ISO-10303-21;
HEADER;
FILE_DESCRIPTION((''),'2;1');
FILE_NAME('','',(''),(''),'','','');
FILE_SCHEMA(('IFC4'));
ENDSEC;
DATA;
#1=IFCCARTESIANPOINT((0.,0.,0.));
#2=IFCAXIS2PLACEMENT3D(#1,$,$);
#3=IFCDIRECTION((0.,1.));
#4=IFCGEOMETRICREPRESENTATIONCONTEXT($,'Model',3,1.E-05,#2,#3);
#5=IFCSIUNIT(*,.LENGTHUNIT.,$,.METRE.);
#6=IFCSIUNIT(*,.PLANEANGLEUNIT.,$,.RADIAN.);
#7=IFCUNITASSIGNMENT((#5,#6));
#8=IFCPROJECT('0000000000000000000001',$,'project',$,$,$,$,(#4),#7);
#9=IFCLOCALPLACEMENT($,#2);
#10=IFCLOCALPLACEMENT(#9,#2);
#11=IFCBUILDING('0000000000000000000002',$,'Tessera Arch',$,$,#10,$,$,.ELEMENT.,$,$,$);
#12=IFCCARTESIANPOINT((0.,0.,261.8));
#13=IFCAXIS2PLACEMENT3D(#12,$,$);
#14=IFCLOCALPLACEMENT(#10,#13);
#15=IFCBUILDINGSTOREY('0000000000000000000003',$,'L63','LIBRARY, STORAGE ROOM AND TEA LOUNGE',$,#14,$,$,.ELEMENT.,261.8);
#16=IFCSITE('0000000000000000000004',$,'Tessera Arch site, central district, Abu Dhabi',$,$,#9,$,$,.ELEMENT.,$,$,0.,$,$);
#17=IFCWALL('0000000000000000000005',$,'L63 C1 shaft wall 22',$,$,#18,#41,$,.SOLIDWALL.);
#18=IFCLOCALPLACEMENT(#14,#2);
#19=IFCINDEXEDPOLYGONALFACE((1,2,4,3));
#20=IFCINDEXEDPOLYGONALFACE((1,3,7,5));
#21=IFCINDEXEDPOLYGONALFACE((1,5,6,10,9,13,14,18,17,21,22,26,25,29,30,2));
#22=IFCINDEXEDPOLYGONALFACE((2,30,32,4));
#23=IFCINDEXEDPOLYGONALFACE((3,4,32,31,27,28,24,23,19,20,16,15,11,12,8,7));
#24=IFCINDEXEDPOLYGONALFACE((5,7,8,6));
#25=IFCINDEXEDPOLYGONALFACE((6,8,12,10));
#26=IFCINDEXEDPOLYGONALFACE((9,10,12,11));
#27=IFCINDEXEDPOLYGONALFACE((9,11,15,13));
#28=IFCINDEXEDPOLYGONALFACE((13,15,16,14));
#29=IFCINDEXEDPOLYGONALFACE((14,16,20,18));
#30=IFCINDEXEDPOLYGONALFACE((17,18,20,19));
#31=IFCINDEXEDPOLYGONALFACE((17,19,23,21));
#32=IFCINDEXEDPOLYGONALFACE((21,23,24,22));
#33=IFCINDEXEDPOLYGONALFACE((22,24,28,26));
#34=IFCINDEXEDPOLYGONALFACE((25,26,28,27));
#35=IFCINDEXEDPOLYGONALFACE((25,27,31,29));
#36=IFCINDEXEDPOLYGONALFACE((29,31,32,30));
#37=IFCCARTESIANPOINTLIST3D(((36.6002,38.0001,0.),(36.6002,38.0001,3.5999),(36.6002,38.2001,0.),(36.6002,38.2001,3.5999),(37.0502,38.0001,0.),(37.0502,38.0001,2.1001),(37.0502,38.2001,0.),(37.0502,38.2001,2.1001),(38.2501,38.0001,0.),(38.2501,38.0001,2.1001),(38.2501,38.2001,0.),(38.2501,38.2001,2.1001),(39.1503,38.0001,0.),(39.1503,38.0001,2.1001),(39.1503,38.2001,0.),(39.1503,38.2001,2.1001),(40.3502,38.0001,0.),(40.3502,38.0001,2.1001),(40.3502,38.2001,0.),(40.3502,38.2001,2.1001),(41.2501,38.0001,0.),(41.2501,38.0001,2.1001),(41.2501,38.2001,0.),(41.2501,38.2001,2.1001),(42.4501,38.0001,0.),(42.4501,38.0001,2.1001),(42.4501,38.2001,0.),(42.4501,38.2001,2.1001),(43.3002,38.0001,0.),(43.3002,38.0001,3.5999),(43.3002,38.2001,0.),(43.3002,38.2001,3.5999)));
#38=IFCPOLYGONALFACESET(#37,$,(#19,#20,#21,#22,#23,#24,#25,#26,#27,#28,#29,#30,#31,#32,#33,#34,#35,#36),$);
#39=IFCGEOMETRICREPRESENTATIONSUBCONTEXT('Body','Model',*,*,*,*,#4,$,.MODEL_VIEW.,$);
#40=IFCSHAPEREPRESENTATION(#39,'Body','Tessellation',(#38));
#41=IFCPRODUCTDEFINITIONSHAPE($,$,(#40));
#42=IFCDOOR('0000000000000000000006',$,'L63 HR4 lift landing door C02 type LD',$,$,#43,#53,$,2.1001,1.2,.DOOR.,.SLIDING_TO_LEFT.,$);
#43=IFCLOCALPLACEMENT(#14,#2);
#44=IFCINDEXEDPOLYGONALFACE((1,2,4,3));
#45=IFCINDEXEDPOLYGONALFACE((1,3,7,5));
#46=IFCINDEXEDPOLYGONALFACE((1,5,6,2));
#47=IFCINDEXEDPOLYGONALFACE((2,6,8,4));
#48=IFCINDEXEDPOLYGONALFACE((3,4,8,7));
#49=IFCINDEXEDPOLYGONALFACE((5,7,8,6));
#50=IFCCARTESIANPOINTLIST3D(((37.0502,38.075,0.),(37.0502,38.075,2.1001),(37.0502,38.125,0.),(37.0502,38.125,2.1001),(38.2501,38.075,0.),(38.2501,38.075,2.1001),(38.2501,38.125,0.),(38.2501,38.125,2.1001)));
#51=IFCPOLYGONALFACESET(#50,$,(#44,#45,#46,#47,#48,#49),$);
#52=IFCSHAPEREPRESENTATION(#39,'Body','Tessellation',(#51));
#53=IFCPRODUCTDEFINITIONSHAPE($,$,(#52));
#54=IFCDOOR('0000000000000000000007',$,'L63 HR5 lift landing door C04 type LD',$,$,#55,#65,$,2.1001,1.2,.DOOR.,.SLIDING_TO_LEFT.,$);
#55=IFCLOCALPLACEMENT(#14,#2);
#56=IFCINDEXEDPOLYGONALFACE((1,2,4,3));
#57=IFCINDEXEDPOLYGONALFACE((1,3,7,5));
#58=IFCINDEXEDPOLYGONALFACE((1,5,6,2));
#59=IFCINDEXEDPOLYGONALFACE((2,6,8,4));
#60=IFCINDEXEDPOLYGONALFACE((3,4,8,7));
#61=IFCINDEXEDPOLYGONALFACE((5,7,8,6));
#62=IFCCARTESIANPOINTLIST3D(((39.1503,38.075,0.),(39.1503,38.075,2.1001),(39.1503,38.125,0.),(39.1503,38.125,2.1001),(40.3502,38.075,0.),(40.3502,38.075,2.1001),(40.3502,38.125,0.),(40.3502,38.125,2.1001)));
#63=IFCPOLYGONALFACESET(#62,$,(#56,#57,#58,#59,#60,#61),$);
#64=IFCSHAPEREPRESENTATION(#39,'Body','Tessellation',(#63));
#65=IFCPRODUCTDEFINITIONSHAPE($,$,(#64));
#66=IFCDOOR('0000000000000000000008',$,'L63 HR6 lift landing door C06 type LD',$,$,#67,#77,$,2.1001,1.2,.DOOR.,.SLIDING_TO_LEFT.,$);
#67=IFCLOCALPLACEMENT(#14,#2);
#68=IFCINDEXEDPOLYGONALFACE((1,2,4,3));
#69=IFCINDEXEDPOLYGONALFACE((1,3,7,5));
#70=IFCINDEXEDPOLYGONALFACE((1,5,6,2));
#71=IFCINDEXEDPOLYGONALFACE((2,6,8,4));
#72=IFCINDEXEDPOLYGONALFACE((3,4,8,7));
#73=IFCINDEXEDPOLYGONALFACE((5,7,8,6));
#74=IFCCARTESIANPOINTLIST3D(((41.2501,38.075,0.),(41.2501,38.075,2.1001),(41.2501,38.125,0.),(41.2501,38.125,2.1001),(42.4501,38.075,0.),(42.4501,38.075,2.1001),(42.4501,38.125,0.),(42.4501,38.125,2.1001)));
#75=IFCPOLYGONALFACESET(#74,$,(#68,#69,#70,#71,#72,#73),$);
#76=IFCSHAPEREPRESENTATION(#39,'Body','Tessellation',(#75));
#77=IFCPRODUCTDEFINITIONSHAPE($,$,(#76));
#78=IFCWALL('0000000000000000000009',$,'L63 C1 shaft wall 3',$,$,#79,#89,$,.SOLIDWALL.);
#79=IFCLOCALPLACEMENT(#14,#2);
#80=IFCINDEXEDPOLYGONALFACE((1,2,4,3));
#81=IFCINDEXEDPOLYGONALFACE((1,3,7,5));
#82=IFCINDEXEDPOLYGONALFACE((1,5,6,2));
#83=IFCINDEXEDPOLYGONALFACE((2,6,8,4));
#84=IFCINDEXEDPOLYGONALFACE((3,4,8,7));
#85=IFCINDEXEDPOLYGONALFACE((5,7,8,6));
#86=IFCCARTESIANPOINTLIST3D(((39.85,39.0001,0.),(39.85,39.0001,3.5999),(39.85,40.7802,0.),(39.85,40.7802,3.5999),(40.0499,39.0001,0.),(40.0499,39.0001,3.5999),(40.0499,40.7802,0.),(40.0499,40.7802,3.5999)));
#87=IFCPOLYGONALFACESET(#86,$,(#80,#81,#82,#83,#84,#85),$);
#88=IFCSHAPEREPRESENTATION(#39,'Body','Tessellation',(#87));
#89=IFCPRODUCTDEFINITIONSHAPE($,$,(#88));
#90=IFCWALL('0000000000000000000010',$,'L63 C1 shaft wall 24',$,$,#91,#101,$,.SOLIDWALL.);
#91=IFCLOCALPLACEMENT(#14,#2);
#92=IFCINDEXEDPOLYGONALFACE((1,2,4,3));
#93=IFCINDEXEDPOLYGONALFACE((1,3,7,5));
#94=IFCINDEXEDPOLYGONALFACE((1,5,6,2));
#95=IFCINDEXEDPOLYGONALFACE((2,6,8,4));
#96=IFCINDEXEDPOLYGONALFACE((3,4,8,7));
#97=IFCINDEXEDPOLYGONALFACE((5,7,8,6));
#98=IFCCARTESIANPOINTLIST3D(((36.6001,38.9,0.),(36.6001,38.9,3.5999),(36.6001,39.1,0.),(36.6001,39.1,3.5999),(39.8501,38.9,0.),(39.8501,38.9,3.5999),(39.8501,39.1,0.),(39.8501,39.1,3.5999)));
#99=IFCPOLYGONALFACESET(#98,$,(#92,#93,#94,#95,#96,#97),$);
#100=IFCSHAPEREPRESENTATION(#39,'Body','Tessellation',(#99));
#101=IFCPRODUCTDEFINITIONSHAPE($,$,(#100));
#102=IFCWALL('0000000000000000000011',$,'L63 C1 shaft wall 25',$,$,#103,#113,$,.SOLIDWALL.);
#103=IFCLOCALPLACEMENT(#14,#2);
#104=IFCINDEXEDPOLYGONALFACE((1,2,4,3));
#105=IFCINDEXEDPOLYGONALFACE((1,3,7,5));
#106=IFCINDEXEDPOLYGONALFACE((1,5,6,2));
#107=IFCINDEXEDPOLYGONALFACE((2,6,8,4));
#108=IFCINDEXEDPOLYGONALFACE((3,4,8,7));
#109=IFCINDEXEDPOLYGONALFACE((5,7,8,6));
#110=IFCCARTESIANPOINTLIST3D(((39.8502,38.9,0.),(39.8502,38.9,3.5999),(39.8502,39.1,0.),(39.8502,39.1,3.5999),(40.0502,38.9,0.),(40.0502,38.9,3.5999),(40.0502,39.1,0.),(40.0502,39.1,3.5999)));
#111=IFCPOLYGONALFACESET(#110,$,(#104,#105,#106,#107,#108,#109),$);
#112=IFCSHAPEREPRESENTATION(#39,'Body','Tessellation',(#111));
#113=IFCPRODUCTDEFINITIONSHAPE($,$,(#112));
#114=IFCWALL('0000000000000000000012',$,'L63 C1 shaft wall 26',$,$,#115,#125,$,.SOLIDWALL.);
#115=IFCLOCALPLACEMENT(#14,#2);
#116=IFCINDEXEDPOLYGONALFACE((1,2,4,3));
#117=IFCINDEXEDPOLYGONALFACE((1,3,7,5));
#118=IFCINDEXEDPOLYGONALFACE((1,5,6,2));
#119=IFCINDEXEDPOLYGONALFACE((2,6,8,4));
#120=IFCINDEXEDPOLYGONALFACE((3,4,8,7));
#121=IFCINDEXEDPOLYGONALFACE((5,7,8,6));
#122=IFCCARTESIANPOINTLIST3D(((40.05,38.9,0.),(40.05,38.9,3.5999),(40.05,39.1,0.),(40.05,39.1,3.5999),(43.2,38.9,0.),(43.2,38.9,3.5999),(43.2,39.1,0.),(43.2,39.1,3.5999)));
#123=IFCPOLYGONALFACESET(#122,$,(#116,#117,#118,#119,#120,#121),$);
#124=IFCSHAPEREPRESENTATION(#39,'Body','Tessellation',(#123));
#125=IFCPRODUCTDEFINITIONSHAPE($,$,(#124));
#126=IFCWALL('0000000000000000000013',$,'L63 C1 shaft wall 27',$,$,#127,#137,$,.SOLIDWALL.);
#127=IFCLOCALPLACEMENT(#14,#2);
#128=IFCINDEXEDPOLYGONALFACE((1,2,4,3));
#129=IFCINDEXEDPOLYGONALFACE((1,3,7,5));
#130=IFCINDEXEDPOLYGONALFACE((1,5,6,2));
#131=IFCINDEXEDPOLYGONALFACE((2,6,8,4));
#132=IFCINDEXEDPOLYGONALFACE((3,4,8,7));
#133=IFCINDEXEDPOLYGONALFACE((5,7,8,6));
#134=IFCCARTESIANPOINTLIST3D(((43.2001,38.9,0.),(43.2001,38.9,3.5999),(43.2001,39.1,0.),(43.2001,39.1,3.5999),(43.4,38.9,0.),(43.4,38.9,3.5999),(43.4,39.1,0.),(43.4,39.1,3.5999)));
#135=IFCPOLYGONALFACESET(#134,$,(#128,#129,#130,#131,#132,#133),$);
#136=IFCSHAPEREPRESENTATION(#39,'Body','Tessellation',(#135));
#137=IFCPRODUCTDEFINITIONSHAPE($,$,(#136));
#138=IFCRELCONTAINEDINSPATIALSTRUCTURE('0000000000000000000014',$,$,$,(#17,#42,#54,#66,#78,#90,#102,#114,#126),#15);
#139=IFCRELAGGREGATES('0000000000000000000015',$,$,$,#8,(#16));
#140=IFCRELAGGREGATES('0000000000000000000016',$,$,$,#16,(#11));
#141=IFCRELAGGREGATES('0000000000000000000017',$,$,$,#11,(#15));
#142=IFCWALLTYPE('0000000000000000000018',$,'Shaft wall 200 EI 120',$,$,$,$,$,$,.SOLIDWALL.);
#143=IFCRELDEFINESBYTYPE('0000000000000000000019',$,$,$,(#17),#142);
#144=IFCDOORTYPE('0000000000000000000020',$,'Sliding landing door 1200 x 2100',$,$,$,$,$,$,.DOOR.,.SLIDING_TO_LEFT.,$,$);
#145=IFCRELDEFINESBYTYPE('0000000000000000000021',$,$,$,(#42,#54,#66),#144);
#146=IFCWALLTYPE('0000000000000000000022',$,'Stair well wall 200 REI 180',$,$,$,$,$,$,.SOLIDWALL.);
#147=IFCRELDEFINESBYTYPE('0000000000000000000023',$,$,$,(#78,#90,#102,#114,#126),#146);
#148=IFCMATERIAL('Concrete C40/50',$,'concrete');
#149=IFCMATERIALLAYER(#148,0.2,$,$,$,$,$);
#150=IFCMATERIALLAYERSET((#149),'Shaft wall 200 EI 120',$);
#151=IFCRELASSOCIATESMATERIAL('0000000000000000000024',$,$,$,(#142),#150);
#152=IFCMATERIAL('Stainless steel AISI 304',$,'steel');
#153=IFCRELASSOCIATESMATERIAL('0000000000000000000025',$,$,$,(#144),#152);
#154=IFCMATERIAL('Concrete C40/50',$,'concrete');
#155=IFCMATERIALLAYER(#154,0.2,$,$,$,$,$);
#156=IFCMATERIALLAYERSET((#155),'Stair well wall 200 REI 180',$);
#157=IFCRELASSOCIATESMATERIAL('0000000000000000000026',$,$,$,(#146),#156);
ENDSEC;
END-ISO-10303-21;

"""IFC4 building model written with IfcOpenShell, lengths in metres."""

from ifc_helpers import new_model, si_unit, direction, frame, frame_2d, origin, place, context, subcontext, project, spatial, rectangle, extrude, material, layer, layer_set, type_object, element, fill, save


model = new_model("IFC4")

# Units and contexts
model_context = context("Model", 3, precision=1e-05, world=origin(), true_north=direction((0.0, 1.0)))
body_context = subcontext(model_context, "Body", "Model", "MODEL_VIEW")
ifc_project = project(units=[si_unit("LENGTHUNIT", "METRE"), si_unit("PLANEANGLEUNIT", "RADIAN")], contexts=[model_context])

# Site, building, storey
site_placement = place(None, origin())
site = spatial("IfcSite", under=ifc_project, at=site_placement, Name="Tessera Arch site, central district, Abu Dhabi", CompositionType="ELEMENT", RefElevation=0.0)
building_placement = place(site_placement, origin())
building = spatial("IfcBuilding", under=site, at=building_placement, Name="Tessera Arch", CompositionType="ELEMENT")
storey_placement = place(building_placement, frame((0.0, 0.0, 261.8)))
storey = spatial("IfcBuildingStorey", under=building, at=storey_placement, Name="L63", Description="LIBRARY, STORAGE ROOM AND TEA LOUNGE", CompositionType="ELEMENT", Elevation=261.8)

# Shared definitions
ifc_material_1 = material(Name="Concrete C40/50", Category="concrete")
ifc_layer_1 = layer(ifc_material_1, 0.2)
ifc_layer_set_1 = layer_set([ifc_layer_1], Name="Shaft wall 200 EI 120")
wall_type_1 = type_object("IfcWallType", Name="Shaft wall 200 EI 120", PredefinedType="SOLIDWALL", material=ifc_layer_set_1)

# Shared definitions
ifc_material_2 = material(Name="Stainless steel AISI 304", Category="steel")
door_type_1 = type_object("IfcDoorType", Name="Sliding landing door 1200 x 2100", OperationType="SLIDING_TO_LEFT", PredefinedType="DOOR", material=ifc_material_2)

# Wall, openings, doors
wall_1_placement = place(storey_placement, frame((36.6001, 38.1001, 0.0), z_axis=(0.0, 0.0, 1.0), x_axis=(1.0, 0.0, 0.0)))
wall_1 = element("IfcWall", 1, at=wall_1_placement, inside=storey, type_object=wall_type_1, Name="L63 C1 shaft wall 22", PredefinedType="SOLIDWALL", context=body_context, shape_type="SweptSolid", body=[
    extrude(rectangle(XDim=6.7, YDim=0.2, at=frame_2d((3.3501, 0.0))), origin(), (0.0, 0.0, 1.0), 3.5999),
])
opening_1_placement = place(wall_1_placement, frame((0.45, 0.0, 0.0)))
opening_1 = element("IfcOpeningElement", 2, at=opening_1_placement, cuts=wall_1, PredefinedType="OPENING", context=body_context, shape_type="SweptSolid", body=[
    extrude(rectangle(XDim=1.2, YDim=2.1001, at=frame_2d((0.6001, 1.05))), frame((0.0, 0.1099, 0.0), z_axis=(0.0, -1.0, 0.0), x_axis=(1.0, 0.0, 0.0)), (0.0, 0.0, 1.0), 0.22),
])
opening_2_placement = place(wall_1_placement, frame((2.55, 0.0, 0.0)))
opening_2 = element("IfcOpeningElement", 3, at=opening_2_placement, cuts=wall_1, PredefinedType="OPENING", context=body_context, shape_type="SweptSolid", body=[
    extrude(rectangle(XDim=1.2, YDim=2.1001, at=frame_2d((0.6001, 1.05))), frame((0.0, 0.1099, 0.0), z_axis=(0.0, -1.0, 0.0), x_axis=(1.0, 0.0, 0.0)), (0.0, 0.0, 1.0), 0.22),
])
opening_3_placement = place(wall_1_placement, frame((4.6499, 0.0, 0.0)))
opening_3 = element("IfcOpeningElement", 4, at=opening_3_placement, cuts=wall_1, PredefinedType="OPENING", context=body_context, shape_type="SweptSolid", body=[
    extrude(rectangle(XDim=1.2, YDim=2.1001, at=frame_2d((0.6001, 1.05))), frame((0.0, 0.1099, 0.0), z_axis=(0.0, -1.0, 0.0), x_axis=(1.0, 0.0, 0.0)), (0.0, 0.0, 1.0), 0.22),
])
door_1_placement = place(opening_1_placement, origin())
door_1 = element("IfcDoor", 5, at=door_1_placement, inside=storey, type_object=door_type_1, Name="L63 HR4 lift landing door C02 type LD", OperationType="SLIDING_TO_LEFT", OverallHeight=2.1001, OverallWidth=1.2, PredefinedType="DOOR", context=body_context, shape_type="SweptSolid", body=[
    extrude(rectangle(XDim=1.2, YDim=2.1001, at=frame_2d((0.6001, 1.05))), frame((0.0, 0.0249, 0.0), z_axis=(0.0, -1.0, 0.0), x_axis=(1.0, 0.0, 0.0)), (0.0, 0.0, 1.0), 0.05),
])
fill(opening_1, door_1)
door_2_placement = place(opening_2_placement, origin())
door_2 = element("IfcDoor", 6, at=door_2_placement, inside=storey, type_object=door_type_1, Name="L63 HR5 lift landing door C04 type LD", OperationType="SLIDING_TO_LEFT", OverallHeight=2.1001, OverallWidth=1.2, PredefinedType="DOOR", context=body_context, shape_type="SweptSolid", body=[
    extrude(rectangle(XDim=1.2, YDim=2.1001, at=frame_2d((0.6001, 1.05))), frame((0.0, 0.0249, 0.0), z_axis=(0.0, -1.0, 0.0), x_axis=(1.0, 0.0, 0.0)), (0.0, 0.0, 1.0), 0.05),
])
fill(opening_2, door_2)
door_3_placement = place(opening_3_placement, origin())
door_3 = element("IfcDoor", 7, at=door_3_placement, inside=storey, type_object=door_type_1, Name="L63 HR6 lift landing door C06 type LD", OperationType="SLIDING_TO_LEFT", OverallHeight=2.1001, OverallWidth=1.2, PredefinedType="DOOR", context=body_context, shape_type="SweptSolid", body=[
    extrude(rectangle(XDim=1.2, YDim=2.1001, at=frame_2d((0.6001, 1.05))), frame((0.0, 0.0249, 0.0), z_axis=(0.0, -1.0, 0.0), x_axis=(1.0, 0.0, 0.0)), (0.0, 0.0, 1.0), 0.05),
])
fill(opening_3, door_3)

# Walls
ifc_material_3 = material(Name="Concrete C40/50", Category="concrete")
ifc_layer_2 = layer(ifc_material_3, 0.2)
ifc_layer_set_2 = layer_set([ifc_layer_2], Name="Stair well wall 200 REI 180")
wall_type_2 = type_object("IfcWallType", Name="Stair well wall 200 REI 180", PredefinedType="SOLIDWALL", material=ifc_layer_set_2)
wall_2_placement = place(storey_placement, frame((39.95, 39.0, 0.0), z_axis=(0.0, 0.0, 1.0), x_axis=(0.0, 1.0, 0.0)))
element("IfcWall", 8, at=wall_2_placement, inside=storey, type_object=wall_type_2, Name="L63 C1 shaft wall 3", PredefinedType="SOLIDWALL", context=body_context, shape_type="SweptSolid", body=[
    extrude(rectangle(XDim=1.78, YDim=0.2, at=frame_2d((0.8901, 0.0))), origin(), (0.0, 0.0, 1.0), 3.5999),
])
wall_3_placement = place(storey_placement, frame((36.6001, 39.0, 0.0), z_axis=(0.0, 0.0, 1.0), x_axis=(1.0, 0.0, 0.0)))
element("IfcWall", 9, at=wall_3_placement, inside=storey, type_object=wall_type_2, Name="L63 C1 shaft wall 24", PredefinedType="SOLIDWALL", context=body_context, shape_type="SweptSolid", body=[
    extrude(rectangle(XDim=3.25, YDim=0.2, at=frame_2d((1.625, 0.0))), origin(), (0.0, 0.0, 1.0), 3.5999),
])
wall_4_placement = place(storey_placement, frame((39.8501, 39.0, 0.0), z_axis=(0.0, 0.0, 1.0), x_axis=(1.0, 0.0, 0.0)))
element("IfcWall", 10, at=wall_4_placement, inside=storey, type_object=wall_type_2, Name="L63 C1 shaft wall 25", PredefinedType="SOLIDWALL", context=body_context, shape_type="SweptSolid", body=[
    extrude(rectangle(XDim=0.2, YDim=0.2, at=frame_2d((0.1001, 0.0))), origin(), (0.0, 0.0, 1.0), 3.5999),
])
wall_5_placement = place(storey_placement, frame((40.05, 39.0, 0.0), z_axis=(0.0, 0.0, 1.0), x_axis=(1.0, 0.0, 0.0)))
element("IfcWall", 11, at=wall_5_placement, inside=storey, type_object=wall_type_2, Name="L63 C1 shaft wall 26", PredefinedType="SOLIDWALL", context=body_context, shape_type="SweptSolid", body=[
    extrude(rectangle(XDim=3.1499, YDim=0.2, at=frame_2d((1.575, 0.0))), origin(), (0.0, 0.0, 1.0), 3.5999),
])
wall_6_placement = place(storey_placement, frame((43.2, 39.0, 0.0), z_axis=(0.0, 0.0, 1.0), x_axis=(1.0, 0.0, 0.0)))
element("IfcWall", 12, at=wall_6_placement, inside=storey, type_object=wall_type_2, Name="L63 C1 shaft wall 27", PredefinedType="SOLIDWALL", context=body_context, shape_type="SweptSolid", body=[
    extrude(rectangle(XDim=0.2, YDim=0.2, at=frame_2d((0.1001, 0.0))), origin(), (0.0, 0.0, 1.0), 3.5999),
])

save(model, "model.ifc")
